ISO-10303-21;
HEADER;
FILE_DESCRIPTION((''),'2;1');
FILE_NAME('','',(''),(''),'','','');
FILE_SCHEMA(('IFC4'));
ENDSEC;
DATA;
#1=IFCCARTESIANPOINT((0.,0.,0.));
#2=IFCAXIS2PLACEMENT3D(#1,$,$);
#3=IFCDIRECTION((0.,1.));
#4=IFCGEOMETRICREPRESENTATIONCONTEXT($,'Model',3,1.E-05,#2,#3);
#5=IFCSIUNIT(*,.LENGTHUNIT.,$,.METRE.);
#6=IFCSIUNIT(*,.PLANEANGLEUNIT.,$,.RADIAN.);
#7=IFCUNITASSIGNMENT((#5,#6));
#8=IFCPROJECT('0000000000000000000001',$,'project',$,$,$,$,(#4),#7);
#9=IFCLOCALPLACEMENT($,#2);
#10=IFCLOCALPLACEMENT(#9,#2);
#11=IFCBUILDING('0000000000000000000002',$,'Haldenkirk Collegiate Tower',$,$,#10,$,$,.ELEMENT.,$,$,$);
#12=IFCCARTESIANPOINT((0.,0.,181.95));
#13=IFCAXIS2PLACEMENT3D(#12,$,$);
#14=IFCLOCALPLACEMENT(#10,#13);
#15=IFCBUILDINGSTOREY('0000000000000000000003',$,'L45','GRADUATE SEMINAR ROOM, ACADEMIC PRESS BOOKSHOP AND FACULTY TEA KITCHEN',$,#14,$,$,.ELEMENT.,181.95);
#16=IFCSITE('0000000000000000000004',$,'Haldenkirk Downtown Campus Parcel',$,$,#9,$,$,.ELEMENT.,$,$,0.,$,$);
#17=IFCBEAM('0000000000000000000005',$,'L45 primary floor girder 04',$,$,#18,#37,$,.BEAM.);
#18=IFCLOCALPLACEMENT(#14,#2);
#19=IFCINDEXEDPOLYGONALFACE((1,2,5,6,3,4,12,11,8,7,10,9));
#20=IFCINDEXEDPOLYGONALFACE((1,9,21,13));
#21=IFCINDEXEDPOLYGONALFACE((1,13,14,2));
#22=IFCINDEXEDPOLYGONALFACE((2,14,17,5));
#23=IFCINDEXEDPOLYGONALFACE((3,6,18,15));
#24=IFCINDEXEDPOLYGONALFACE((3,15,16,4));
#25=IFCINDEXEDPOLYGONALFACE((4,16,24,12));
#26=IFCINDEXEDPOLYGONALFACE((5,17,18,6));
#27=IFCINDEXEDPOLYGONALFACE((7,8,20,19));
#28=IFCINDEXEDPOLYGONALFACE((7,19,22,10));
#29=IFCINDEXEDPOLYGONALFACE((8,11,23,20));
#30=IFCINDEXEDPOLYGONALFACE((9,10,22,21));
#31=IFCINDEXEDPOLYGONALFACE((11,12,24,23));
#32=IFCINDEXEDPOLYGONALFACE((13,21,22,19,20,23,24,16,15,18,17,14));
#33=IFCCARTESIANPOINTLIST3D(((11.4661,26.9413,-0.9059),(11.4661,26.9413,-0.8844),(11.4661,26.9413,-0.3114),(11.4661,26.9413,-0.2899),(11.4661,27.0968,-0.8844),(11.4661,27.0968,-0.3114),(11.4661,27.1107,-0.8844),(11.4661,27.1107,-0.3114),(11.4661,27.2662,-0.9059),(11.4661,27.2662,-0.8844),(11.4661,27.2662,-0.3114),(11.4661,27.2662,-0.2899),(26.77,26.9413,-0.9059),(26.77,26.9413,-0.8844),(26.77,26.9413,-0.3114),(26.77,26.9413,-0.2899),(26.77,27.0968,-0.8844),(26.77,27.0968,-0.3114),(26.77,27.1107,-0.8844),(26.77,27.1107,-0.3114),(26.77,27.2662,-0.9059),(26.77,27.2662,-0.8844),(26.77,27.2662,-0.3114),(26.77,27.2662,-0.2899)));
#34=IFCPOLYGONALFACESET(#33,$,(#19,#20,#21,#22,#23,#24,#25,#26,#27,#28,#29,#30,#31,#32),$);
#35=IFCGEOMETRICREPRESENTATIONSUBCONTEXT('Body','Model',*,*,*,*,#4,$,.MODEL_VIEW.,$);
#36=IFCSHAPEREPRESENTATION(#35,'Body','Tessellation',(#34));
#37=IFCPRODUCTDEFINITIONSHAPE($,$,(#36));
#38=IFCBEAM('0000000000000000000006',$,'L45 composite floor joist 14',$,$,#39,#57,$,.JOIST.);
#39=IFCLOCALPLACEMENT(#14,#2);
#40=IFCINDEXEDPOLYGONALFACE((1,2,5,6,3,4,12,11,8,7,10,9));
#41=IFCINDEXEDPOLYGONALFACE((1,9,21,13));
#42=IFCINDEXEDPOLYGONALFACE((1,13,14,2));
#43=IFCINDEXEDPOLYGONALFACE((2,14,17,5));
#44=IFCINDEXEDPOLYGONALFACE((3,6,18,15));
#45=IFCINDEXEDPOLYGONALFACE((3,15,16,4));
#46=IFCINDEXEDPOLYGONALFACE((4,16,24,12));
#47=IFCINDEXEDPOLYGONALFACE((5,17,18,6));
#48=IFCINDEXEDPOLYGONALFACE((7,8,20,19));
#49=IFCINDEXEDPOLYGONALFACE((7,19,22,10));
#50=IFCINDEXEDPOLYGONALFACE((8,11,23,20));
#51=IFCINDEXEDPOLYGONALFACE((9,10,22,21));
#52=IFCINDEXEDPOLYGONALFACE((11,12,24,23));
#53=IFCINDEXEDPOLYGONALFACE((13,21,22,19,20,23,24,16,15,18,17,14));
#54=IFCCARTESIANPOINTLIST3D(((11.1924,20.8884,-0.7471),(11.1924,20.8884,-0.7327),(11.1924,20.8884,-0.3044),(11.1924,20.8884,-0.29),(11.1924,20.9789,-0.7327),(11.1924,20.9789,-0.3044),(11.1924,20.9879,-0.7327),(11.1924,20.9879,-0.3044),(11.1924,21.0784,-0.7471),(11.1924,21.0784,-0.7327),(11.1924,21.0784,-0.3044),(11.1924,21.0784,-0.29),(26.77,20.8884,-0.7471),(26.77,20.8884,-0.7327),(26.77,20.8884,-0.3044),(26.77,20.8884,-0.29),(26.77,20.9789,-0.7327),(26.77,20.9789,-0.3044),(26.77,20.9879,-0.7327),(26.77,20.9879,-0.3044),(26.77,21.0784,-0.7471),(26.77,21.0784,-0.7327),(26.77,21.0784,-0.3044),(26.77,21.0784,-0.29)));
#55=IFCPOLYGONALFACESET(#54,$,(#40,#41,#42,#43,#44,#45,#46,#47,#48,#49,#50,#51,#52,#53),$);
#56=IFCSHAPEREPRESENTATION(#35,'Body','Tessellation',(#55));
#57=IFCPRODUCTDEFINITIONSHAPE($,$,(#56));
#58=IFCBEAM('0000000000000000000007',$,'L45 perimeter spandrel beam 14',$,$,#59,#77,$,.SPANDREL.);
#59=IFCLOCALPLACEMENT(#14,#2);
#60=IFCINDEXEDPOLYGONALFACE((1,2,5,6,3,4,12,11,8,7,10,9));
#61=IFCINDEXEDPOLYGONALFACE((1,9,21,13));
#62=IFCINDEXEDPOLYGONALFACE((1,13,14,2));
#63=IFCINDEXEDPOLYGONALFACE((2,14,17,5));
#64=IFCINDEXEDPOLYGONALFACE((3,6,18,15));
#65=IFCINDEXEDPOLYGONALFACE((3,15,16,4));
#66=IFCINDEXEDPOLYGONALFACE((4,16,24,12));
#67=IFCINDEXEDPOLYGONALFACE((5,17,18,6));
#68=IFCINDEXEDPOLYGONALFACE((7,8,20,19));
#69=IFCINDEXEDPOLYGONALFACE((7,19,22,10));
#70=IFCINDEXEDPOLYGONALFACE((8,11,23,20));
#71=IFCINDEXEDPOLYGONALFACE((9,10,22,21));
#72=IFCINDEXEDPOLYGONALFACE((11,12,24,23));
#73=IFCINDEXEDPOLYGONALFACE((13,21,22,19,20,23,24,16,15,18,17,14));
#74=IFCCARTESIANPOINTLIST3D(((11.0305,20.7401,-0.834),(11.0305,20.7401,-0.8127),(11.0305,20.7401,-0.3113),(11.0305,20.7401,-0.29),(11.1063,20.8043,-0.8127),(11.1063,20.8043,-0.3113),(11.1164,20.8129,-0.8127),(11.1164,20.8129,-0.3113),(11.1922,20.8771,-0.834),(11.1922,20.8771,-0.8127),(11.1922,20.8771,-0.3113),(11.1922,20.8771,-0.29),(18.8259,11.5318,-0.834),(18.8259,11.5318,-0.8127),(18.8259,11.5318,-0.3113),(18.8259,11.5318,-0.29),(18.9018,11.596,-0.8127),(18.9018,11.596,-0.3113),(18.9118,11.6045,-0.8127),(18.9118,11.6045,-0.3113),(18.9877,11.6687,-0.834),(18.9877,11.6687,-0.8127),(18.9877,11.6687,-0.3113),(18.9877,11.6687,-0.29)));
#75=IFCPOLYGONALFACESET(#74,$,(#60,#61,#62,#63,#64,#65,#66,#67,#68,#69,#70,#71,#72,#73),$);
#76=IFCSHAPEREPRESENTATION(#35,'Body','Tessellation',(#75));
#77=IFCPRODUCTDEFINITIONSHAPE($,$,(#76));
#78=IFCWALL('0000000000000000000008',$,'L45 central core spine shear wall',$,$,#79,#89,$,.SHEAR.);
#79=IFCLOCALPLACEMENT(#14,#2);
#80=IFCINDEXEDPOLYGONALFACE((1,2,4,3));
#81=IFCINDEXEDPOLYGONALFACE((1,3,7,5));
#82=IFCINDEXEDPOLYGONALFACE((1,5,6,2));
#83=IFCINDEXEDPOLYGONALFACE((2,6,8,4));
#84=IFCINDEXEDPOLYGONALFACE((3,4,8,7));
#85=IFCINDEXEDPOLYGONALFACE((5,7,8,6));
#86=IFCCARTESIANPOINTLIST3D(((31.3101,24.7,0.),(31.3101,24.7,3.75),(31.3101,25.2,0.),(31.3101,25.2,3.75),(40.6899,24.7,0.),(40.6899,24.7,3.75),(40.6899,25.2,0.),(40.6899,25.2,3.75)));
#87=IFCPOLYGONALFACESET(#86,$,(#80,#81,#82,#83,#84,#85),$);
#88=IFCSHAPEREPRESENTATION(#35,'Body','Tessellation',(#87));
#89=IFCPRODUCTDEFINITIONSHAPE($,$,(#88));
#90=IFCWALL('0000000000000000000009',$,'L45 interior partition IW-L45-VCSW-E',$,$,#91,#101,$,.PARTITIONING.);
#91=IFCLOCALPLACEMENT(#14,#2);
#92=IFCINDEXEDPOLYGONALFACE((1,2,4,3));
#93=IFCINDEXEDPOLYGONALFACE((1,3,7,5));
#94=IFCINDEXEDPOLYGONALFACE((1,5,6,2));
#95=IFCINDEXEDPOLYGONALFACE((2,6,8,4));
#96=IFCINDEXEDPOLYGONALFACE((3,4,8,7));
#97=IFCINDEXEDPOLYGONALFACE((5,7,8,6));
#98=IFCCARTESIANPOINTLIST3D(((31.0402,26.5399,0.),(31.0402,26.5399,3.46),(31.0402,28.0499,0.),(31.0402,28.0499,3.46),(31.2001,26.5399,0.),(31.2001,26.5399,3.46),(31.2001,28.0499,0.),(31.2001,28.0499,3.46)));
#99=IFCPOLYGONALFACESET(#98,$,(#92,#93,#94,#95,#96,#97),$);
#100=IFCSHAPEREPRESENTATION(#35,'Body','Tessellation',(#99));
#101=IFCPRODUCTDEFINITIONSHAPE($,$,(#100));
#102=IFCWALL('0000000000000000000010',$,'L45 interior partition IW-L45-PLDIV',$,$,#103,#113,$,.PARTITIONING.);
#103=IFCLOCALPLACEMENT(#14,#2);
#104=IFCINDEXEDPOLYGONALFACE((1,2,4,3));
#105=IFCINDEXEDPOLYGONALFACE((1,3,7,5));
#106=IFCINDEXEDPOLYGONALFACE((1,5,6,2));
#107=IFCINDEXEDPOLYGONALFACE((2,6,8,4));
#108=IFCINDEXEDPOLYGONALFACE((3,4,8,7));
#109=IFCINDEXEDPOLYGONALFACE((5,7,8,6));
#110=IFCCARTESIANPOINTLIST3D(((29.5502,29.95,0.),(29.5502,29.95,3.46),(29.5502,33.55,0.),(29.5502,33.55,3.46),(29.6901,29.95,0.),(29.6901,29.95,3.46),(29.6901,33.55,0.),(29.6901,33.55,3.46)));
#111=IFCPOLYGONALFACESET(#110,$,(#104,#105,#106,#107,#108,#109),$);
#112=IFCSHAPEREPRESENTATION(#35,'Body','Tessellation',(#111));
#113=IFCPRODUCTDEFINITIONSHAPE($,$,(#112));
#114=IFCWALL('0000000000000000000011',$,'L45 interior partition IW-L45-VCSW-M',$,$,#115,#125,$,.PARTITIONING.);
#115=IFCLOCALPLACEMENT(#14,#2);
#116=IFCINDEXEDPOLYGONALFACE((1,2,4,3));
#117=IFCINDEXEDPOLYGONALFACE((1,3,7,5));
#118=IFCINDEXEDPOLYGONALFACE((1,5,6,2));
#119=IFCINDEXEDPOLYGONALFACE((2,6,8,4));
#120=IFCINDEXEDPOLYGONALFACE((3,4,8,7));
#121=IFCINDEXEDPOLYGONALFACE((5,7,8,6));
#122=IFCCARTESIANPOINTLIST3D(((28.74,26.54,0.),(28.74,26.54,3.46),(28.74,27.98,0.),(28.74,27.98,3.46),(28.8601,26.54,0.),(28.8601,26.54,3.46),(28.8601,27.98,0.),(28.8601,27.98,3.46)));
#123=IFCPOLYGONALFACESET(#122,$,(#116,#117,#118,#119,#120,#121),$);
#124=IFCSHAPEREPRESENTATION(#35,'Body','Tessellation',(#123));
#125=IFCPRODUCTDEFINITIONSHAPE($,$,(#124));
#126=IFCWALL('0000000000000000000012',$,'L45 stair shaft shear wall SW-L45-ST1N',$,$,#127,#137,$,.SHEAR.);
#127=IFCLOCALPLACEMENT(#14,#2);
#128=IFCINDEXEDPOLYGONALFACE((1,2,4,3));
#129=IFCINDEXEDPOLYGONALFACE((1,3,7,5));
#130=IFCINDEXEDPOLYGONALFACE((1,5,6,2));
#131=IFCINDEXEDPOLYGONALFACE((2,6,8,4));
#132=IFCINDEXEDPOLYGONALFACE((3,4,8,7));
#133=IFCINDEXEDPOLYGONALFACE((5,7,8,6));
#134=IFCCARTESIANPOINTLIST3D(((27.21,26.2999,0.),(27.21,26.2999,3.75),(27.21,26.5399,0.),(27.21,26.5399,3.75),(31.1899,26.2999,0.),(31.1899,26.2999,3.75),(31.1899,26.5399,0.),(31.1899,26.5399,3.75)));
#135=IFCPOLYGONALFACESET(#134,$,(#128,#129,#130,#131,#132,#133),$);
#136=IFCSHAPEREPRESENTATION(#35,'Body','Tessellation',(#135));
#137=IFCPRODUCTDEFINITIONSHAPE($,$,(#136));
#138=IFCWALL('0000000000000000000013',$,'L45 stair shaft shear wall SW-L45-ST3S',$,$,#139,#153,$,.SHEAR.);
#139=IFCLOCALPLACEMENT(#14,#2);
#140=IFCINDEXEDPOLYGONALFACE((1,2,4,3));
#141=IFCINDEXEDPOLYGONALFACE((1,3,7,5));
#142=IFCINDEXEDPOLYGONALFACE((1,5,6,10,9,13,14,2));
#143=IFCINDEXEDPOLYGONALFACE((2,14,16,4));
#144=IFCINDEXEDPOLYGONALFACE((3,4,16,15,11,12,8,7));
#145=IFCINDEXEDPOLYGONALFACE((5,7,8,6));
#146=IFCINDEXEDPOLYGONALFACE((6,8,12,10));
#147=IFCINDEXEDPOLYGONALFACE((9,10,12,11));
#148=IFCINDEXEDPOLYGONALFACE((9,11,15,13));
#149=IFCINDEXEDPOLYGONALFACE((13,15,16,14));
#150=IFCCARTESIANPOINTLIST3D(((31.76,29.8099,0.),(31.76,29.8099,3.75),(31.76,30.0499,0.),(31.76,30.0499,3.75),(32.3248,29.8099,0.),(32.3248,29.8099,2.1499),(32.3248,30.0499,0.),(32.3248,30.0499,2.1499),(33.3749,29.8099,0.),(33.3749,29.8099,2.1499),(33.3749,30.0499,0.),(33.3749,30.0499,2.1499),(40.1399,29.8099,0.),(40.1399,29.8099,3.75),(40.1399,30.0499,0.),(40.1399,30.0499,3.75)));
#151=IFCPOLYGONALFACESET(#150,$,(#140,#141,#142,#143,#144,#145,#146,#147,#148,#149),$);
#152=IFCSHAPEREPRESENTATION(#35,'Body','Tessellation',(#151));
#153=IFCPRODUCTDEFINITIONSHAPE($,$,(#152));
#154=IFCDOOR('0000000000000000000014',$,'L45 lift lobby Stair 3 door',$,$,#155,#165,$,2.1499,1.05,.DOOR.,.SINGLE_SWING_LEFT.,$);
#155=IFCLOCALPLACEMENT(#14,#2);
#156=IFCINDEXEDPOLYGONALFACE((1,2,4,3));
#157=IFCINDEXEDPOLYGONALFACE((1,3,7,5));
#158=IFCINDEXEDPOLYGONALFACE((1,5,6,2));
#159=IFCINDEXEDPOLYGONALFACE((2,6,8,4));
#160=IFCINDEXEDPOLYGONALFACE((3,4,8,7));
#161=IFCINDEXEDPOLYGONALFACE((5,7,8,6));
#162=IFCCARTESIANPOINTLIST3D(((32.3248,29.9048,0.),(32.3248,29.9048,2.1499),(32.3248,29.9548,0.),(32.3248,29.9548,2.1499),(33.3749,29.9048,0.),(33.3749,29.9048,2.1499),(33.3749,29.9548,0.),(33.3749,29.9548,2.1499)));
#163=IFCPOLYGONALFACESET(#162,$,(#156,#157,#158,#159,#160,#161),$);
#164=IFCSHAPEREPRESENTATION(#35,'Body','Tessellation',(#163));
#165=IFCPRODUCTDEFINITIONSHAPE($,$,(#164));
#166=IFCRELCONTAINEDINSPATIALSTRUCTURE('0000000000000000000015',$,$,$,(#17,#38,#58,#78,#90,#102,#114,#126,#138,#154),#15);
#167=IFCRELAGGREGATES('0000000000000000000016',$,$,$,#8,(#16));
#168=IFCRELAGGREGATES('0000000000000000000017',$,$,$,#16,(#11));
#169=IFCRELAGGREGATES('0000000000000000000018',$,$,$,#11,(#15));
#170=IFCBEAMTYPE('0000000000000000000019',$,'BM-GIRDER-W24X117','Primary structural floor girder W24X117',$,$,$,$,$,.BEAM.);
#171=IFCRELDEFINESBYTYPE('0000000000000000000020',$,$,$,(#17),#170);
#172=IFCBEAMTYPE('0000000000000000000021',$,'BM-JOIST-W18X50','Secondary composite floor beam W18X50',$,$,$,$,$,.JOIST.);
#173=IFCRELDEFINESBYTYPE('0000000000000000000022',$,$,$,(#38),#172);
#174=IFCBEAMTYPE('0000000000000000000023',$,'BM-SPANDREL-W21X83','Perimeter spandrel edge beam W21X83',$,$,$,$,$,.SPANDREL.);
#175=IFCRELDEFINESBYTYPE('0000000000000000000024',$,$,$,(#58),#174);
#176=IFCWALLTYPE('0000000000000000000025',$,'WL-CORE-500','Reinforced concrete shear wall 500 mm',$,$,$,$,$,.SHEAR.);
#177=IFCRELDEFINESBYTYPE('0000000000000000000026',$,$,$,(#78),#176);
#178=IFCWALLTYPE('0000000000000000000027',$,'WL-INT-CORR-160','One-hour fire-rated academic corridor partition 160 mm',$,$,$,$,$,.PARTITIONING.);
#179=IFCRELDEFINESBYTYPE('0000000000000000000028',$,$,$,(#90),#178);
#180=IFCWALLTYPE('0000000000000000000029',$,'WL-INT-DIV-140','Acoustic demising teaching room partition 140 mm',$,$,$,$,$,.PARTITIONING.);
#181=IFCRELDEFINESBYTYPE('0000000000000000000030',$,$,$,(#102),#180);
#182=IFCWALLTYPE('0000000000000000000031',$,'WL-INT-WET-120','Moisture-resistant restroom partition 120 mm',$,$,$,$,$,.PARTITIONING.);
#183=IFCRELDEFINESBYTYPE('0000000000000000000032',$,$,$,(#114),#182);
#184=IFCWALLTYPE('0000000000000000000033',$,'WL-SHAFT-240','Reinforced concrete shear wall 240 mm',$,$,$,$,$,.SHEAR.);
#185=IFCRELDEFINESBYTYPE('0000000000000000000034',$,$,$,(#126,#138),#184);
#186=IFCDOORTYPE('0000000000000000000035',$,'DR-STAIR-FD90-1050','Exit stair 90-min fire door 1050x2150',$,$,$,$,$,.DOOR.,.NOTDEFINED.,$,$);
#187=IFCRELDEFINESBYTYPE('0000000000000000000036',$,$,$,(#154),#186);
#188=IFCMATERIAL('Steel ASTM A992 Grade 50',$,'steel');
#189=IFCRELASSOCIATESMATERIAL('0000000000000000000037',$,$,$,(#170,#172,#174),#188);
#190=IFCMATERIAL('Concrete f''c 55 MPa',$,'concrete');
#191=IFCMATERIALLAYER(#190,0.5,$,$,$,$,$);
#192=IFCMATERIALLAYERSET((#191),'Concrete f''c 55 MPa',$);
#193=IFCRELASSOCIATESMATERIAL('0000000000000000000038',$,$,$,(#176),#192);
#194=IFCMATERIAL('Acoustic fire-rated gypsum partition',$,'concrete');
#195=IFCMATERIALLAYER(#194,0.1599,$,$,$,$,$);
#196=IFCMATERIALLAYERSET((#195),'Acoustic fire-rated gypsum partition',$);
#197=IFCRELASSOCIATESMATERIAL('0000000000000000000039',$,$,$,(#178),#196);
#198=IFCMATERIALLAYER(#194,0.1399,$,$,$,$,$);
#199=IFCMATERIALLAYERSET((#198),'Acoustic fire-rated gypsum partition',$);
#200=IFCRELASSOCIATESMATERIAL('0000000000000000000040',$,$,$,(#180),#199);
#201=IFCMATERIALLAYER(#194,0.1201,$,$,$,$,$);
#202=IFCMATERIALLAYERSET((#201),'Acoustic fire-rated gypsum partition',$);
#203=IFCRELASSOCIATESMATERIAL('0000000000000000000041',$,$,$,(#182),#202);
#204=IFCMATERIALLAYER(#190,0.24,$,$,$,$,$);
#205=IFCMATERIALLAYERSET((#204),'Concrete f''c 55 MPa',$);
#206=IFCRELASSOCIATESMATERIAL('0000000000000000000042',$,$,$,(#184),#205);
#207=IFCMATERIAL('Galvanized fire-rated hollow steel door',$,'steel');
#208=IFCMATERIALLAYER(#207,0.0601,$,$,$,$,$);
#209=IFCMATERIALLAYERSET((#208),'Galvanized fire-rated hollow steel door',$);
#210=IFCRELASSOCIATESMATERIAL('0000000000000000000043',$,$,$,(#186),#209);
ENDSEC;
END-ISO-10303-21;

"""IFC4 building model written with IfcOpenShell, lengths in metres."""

from ifc_helpers import new_model, si_unit, direction, frame, frame_2d, origin, origin_2d, place, context, subcontext, project, spatial, rectangle, i_section, extrude, material, layer, layer_set, material_profile, profile_set, type_object, element, fill, save


model = new_model("IFC4")

# Units and contexts
model_context = context("Model", 3, precision=1e-05, world=origin(), true_north=direction((0.0, 1.0)))
body_context = subcontext(model_context, "Body", "Model", "MODEL_VIEW")
ifc_project = project(units=[si_unit("LENGTHUNIT", "METRE"), si_unit("PLANEANGLEUNIT", "RADIAN")], contexts=[model_context])

# Site, building, storey
site_placement = place(None, origin())
site = spatial("IfcSite", under=ifc_project, at=site_placement, Name="Haldenkirk Downtown Campus Parcel", CompositionType="ELEMENT", RefElevation=0.0)
building_placement = place(site_placement, origin())
building = spatial("IfcBuilding", under=site, at=building_placement, Name="Haldenkirk Collegiate Tower", CompositionType="ELEMENT")
storey_placement = place(building_placement, frame((0.0, 0.0, 181.95)))
storey = spatial("IfcBuildingStorey", under=building, at=storey_placement, Name="L45", Description="GRADUATE SEMINAR ROOM, ACADEMIC PRESS BOOKSHOP AND FACULTY TEA KITCHEN", CompositionType="ELEMENT", Elevation=181.95)

# Beams
ifc_material_1 = material(Name="Steel ASTM A992 Grade 50", Category="steel")
ifc_material_profile_1 = material_profile(ifc_material_1, i_section(OverallWidth=0.325, OverallDepth=0.616, WebThickness=0.0139, FlangeThickness=0.0215, at=origin_2d()), Name="W24X117")
ifc_profile_set_1 = profile_set([ifc_material_profile_1], Name="Steel ASTM A992 Grade 50")
beam_type_1 = type_object("IfcBeamType", Name="BM-GIRDER-W24X117", Description="Primary structural floor girder W24X117", PredefinedType="BEAM", material=ifc_profile_set_1)
beam_1_placement = place(storey_placement, frame((11.4661, 27.1038, -0.5979), z_axis=(1.0, 0.0, 0.0), x_axis=(0.0, 1.0, 0.0)))
element("IfcBeam", 1, at=beam_1_placement, inside=storey, type_object=beam_type_1, Name="L45 primary floor girder 04", PredefinedType="BEAM", context=body_context, shape_type="SweptSolid", body=[
    extrude(i_section(OverallWidth=0.325, OverallDepth=0.616, WebThickness=0.0139, FlangeThickness=0.0215, at=origin_2d()), origin(), (0.0, 0.0, 1.0), 15.304),
])
ifc_material_profile_2 = material_profile(ifc_material_1, i_section(OverallWidth=0.1899, OverallDepth=0.457, WebThickness=0.009, FlangeThickness=0.0144, at=origin_2d()), Name="W18X50")
ifc_profile_set_2 = profile_set([ifc_material_profile_2], Name="Steel ASTM A992 Grade 50")
beam_type_2 = type_object("IfcBeamType", Name="BM-JOIST-W18X50", Description="Secondary composite floor beam W18X50", PredefinedType="JOIST", material=ifc_profile_set_2)
beam_2_placement = place(storey_placement, frame((11.1924, 20.9834, -0.5186), z_axis=(1.0, 0.0, 0.0), x_axis=(0.0, 1.0, 0.0)))
element("IfcBeam", 2, at=beam_2_placement, inside=storey, type_object=beam_type_2, Name="L45 composite floor joist 14", PredefinedType="JOIST", context=body_context, shape_type="SweptSolid", body=[
    extrude(i_section(OverallWidth=0.1899, OverallDepth=0.457, WebThickness=0.009, FlangeThickness=0.0144, at=origin_2d()), origin(), (0.0, 0.0, 1.0), 15.5776),
])
ifc_material_profile_3 = material_profile(ifc_material_1, i_section(OverallWidth=0.2119, OverallDepth=0.5439, WebThickness=0.0132, FlangeThickness=0.0212, at=origin_2d()), Name="W21X83")
ifc_profile_set_3 = profile_set([ifc_material_profile_3], Name="Steel ASTM A992 Grade 50")
beam_type_3 = type_object("IfcBeamType", Name="BM-SPANDREL-W21X83", Description="Perimeter spandrel edge beam W21X83", PredefinedType="SPANDREL", material=ifc_profile_set_3)
beam_3_placement = place(storey_placement, frame((11.1113, 20.8086, -0.562), z_axis=(0.646126, -0.76323, 0.0), x_axis=(0.76323, 0.646126, 0.0)))
element("IfcBeam", 3, at=beam_3_placement, inside=storey, type_object=beam_type_3, Name="L45 perimeter spandrel beam 14", PredefinedType="SPANDREL", context=body_context, shape_type="SweptSolid", body=[
    extrude(i_section(OverallWidth=0.2119, OverallDepth=0.5439, WebThickness=0.0132, FlangeThickness=0.0212, at=origin_2d()), origin(), (0.0, 0.0, 1.0), 12.0649),
])

# Wall
ifc_material_2 = material(Name="Concrete f'c 55 MPa", Category="concrete")
ifc_layer_1 = layer(ifc_material_2, 0.5)
ifc_layer_set_1 = layer_set([ifc_layer_1], Name="Concrete f'c 55 MPa")
wall_type_1 = type_object("IfcWallType", Name="WL-CORE-500", Description="Reinforced concrete shear wall 500 mm", PredefinedType="SHEAR", material=ifc_layer_set_1)
wall_1_placement = place(storey_placement, frame((31.3101, 24.95, 0.0), z_axis=(0.0, 0.0, 1.0), x_axis=(1.0, 0.0, 0.0)))
element("IfcWall", 4, at=wall_1_placement, inside=storey, type_object=wall_type_1, Name="L45 central core spine shear wall", PredefinedType="SHEAR", context=body_context, shape_type="SweptSolid", body=[
    extrude(rectangle(XDim=9.3799, YDim=0.5, at=frame_2d((4.6899, 0.0))), origin(), (0.0, 0.0, 1.0), 3.75),
])

# Shared definitions
ifc_material_3 = material(Name="Acoustic fire-rated gypsum partition", Category="concrete")
ifc_layer_2 = layer(ifc_material_3, 0.1599)
ifc_layer_set_2 = layer_set([ifc_layer_2], Name="Acoustic fire-rated gypsum partition")
wall_type_2 = type_object("IfcWallType", Name="WL-INT-CORR-160", Description="One-hour fire-rated academic corridor partition 160 mm", PredefinedType="PARTITIONING", material=ifc_layer_set_2)

# Wall
wall_2_placement = place(storey_placement, frame((31.1201, 26.54, 0.0), z_axis=(0.0, 0.0, 1.0), x_axis=(0.0, 1.0, 0.0)))
element("IfcWall", 5, at=wall_2_placement, inside=storey, type_object=wall_type_2, Name="L45 interior partition IW-L45-VCSW-E", PredefinedType="PARTITIONING", context=body_context, shape_type="SweptSolid", body=[
    extrude(rectangle(XDim=1.51, YDim=0.1599, at=frame_2d((0.7549, 0.0))), origin(), (0.0, 0.0, 1.0), 3.46),
])

# Wall
ifc_layer_3 = layer(ifc_material_3, 0.1399)
ifc_layer_set_3 = layer_set([ifc_layer_3], Name="Acoustic fire-rated gypsum partition")
wall_type_3 = type_object("IfcWallType", Name="WL-INT-DIV-140", Description="Acoustic demising teaching room partition 140 mm", PredefinedType="PARTITIONING", material=ifc_layer_set_3)
wall_3_placement = place(storey_placement, frame((29.6201, 29.95, 0.0), z_axis=(0.0, 0.0, 1.0), x_axis=(0.0, 1.0, 0.0)))
element("IfcWall", 6, at=wall_3_placement, inside=storey, type_object=wall_type_3, Name="L45 interior partition IW-L45-PLDIV", PredefinedType="PARTITIONING", context=body_context, shape_type="SweptSolid", body=[
    extrude(rectangle(XDim=3.6001, YDim=0.1399, at=frame_2d((1.8, 0.0))), origin(), (0.0, 0.0, 1.0), 3.46),
])

# Shared definitions
ifc_material_4 = material(Name="Galvanized fire-rated hollow steel door", Category="steel")

# Walls
ifc_layer_4 = layer(ifc_material_3, 0.1201)
ifc_layer_set_4 = layer_set([ifc_layer_4], Name="Acoustic fire-rated gypsum partition")
wall_type_4 = type_object("IfcWallType", Name="WL-INT-WET-120", Description="Moisture-resistant restroom partition 120 mm", PredefinedType="PARTITIONING", material=ifc_layer_set_4)
wall_4_placement = place(storey_placement, frame((28.8, 26.54, 0.0), z_axis=(0.0, 0.0, 1.0), x_axis=(0.0, 1.0, 0.0)))
element("IfcWall", 7, at=wall_4_placement, inside=storey, type_object=wall_type_4, Name="L45 interior partition IW-L45-VCSW-M", PredefinedType="PARTITIONING", context=body_context, shape_type="SweptSolid", body=[
    extrude(rectangle(XDim=1.4399, YDim=0.1201, at=frame_2d((0.72, 0.0))), origin(), (0.0, 0.0, 1.0), 3.46),
])
ifc_layer_5 = layer(ifc_material_2, 0.24)
ifc_layer_set_5 = layer_set([ifc_layer_5], Name="Concrete f'c 55 MPa")
wall_type_5 = type_object("IfcWallType", Name="WL-SHAFT-240", Description="Reinforced concrete shear wall 240 mm", PredefinedType="SHEAR", material=ifc_layer_set_5)
wall_5_placement = place(storey_placement, frame((27.21, 26.4199, 0.0), z_axis=(0.0, 0.0, 1.0), x_axis=(1.0, 0.0, 0.0)))
element("IfcWall", 8, at=wall_5_placement, inside=storey, type_object=wall_type_5, Name="L45 stair shaft shear wall SW-L45-ST1N", PredefinedType="SHEAR", context=body_context, shape_type="SweptSolid", body=[
    extrude(rectangle(XDim=3.98, YDim=0.24, at=frame_2d((1.99, 0.0))), origin(), (0.0, 0.0, 1.0), 3.75),
])

# Wall, opening, door
wall_6_placement = place(storey_placement, frame((31.76, 29.9299, 0.0), z_axis=(0.0, 0.0, 1.0), x_axis=(1.0, 0.0, 0.0)))
wall_6 = element("IfcWall", 9, at=wall_6_placement, inside=storey, type_object=wall_type_5, Name="L45 stair shaft shear wall SW-L45-ST3S", PredefinedType="SHEAR", context=body_context, shape_type="SweptSolid", body=[
    extrude(rectangle(XDim=8.3799, YDim=0.24, at=frame_2d((4.1899, 0.0))), origin(), (0.0, 0.0, 1.0), 3.75),
])
opening_1_placement = place(wall_6_placement, frame((0.5649, 0.0, 0.0)))
opening_1 = element("IfcOpeningElement", 10, at=opening_1_placement, cuts=wall_6, PredefinedType="OPENING", context=body_context, shape_type="SweptSolid", body=[
    extrude(rectangle(XDim=1.05, YDim=2.1499, at=frame_2d((0.5249, 1.075))), frame((0.0, 0.1299, 0.0), z_axis=(0.0, -1.0, 0.0), x_axis=(1.0, 0.0, 0.0)), (0.0, 0.0, 1.0), 0.26),
])
ifc_layer_6 = layer(ifc_material_4, 0.0601)
ifc_layer_set_6 = layer_set([ifc_layer_6], Name="Galvanized fire-rated hollow steel door")
door_type_1 = type_object("IfcDoorType", Name="DR-STAIR-FD90-1050", Description="Exit stair 90-min fire door 1050x2150", OperationType="NOTDEFINED", PredefinedType="DOOR", material=ifc_layer_set_6)
door_1_placement = place(opening_1_placement, origin())
door_1 = element("IfcDoor", 11, at=door_1_placement, inside=storey, type_object=door_type_1, Name="L45 lift lobby Stair 3 door", OperationType="SINGLE_SWING_LEFT", OverallHeight=2.1499, OverallWidth=1.05, PredefinedType="DOOR", context=body_context, shape_type="SweptSolid", body=[
    extrude(rectangle(XDim=1.05, YDim=2.1499, at=frame_2d((0.5249, 1.075))), frame((0.0, 0.0249, 0.0), z_axis=(0.0, -1.0, 0.0), x_axis=(1.0, 0.0, 0.0)), (0.0, 0.0, 1.0), 0.05),
])
fill(opening_1, door_1)

save(model, "model.ifc")
